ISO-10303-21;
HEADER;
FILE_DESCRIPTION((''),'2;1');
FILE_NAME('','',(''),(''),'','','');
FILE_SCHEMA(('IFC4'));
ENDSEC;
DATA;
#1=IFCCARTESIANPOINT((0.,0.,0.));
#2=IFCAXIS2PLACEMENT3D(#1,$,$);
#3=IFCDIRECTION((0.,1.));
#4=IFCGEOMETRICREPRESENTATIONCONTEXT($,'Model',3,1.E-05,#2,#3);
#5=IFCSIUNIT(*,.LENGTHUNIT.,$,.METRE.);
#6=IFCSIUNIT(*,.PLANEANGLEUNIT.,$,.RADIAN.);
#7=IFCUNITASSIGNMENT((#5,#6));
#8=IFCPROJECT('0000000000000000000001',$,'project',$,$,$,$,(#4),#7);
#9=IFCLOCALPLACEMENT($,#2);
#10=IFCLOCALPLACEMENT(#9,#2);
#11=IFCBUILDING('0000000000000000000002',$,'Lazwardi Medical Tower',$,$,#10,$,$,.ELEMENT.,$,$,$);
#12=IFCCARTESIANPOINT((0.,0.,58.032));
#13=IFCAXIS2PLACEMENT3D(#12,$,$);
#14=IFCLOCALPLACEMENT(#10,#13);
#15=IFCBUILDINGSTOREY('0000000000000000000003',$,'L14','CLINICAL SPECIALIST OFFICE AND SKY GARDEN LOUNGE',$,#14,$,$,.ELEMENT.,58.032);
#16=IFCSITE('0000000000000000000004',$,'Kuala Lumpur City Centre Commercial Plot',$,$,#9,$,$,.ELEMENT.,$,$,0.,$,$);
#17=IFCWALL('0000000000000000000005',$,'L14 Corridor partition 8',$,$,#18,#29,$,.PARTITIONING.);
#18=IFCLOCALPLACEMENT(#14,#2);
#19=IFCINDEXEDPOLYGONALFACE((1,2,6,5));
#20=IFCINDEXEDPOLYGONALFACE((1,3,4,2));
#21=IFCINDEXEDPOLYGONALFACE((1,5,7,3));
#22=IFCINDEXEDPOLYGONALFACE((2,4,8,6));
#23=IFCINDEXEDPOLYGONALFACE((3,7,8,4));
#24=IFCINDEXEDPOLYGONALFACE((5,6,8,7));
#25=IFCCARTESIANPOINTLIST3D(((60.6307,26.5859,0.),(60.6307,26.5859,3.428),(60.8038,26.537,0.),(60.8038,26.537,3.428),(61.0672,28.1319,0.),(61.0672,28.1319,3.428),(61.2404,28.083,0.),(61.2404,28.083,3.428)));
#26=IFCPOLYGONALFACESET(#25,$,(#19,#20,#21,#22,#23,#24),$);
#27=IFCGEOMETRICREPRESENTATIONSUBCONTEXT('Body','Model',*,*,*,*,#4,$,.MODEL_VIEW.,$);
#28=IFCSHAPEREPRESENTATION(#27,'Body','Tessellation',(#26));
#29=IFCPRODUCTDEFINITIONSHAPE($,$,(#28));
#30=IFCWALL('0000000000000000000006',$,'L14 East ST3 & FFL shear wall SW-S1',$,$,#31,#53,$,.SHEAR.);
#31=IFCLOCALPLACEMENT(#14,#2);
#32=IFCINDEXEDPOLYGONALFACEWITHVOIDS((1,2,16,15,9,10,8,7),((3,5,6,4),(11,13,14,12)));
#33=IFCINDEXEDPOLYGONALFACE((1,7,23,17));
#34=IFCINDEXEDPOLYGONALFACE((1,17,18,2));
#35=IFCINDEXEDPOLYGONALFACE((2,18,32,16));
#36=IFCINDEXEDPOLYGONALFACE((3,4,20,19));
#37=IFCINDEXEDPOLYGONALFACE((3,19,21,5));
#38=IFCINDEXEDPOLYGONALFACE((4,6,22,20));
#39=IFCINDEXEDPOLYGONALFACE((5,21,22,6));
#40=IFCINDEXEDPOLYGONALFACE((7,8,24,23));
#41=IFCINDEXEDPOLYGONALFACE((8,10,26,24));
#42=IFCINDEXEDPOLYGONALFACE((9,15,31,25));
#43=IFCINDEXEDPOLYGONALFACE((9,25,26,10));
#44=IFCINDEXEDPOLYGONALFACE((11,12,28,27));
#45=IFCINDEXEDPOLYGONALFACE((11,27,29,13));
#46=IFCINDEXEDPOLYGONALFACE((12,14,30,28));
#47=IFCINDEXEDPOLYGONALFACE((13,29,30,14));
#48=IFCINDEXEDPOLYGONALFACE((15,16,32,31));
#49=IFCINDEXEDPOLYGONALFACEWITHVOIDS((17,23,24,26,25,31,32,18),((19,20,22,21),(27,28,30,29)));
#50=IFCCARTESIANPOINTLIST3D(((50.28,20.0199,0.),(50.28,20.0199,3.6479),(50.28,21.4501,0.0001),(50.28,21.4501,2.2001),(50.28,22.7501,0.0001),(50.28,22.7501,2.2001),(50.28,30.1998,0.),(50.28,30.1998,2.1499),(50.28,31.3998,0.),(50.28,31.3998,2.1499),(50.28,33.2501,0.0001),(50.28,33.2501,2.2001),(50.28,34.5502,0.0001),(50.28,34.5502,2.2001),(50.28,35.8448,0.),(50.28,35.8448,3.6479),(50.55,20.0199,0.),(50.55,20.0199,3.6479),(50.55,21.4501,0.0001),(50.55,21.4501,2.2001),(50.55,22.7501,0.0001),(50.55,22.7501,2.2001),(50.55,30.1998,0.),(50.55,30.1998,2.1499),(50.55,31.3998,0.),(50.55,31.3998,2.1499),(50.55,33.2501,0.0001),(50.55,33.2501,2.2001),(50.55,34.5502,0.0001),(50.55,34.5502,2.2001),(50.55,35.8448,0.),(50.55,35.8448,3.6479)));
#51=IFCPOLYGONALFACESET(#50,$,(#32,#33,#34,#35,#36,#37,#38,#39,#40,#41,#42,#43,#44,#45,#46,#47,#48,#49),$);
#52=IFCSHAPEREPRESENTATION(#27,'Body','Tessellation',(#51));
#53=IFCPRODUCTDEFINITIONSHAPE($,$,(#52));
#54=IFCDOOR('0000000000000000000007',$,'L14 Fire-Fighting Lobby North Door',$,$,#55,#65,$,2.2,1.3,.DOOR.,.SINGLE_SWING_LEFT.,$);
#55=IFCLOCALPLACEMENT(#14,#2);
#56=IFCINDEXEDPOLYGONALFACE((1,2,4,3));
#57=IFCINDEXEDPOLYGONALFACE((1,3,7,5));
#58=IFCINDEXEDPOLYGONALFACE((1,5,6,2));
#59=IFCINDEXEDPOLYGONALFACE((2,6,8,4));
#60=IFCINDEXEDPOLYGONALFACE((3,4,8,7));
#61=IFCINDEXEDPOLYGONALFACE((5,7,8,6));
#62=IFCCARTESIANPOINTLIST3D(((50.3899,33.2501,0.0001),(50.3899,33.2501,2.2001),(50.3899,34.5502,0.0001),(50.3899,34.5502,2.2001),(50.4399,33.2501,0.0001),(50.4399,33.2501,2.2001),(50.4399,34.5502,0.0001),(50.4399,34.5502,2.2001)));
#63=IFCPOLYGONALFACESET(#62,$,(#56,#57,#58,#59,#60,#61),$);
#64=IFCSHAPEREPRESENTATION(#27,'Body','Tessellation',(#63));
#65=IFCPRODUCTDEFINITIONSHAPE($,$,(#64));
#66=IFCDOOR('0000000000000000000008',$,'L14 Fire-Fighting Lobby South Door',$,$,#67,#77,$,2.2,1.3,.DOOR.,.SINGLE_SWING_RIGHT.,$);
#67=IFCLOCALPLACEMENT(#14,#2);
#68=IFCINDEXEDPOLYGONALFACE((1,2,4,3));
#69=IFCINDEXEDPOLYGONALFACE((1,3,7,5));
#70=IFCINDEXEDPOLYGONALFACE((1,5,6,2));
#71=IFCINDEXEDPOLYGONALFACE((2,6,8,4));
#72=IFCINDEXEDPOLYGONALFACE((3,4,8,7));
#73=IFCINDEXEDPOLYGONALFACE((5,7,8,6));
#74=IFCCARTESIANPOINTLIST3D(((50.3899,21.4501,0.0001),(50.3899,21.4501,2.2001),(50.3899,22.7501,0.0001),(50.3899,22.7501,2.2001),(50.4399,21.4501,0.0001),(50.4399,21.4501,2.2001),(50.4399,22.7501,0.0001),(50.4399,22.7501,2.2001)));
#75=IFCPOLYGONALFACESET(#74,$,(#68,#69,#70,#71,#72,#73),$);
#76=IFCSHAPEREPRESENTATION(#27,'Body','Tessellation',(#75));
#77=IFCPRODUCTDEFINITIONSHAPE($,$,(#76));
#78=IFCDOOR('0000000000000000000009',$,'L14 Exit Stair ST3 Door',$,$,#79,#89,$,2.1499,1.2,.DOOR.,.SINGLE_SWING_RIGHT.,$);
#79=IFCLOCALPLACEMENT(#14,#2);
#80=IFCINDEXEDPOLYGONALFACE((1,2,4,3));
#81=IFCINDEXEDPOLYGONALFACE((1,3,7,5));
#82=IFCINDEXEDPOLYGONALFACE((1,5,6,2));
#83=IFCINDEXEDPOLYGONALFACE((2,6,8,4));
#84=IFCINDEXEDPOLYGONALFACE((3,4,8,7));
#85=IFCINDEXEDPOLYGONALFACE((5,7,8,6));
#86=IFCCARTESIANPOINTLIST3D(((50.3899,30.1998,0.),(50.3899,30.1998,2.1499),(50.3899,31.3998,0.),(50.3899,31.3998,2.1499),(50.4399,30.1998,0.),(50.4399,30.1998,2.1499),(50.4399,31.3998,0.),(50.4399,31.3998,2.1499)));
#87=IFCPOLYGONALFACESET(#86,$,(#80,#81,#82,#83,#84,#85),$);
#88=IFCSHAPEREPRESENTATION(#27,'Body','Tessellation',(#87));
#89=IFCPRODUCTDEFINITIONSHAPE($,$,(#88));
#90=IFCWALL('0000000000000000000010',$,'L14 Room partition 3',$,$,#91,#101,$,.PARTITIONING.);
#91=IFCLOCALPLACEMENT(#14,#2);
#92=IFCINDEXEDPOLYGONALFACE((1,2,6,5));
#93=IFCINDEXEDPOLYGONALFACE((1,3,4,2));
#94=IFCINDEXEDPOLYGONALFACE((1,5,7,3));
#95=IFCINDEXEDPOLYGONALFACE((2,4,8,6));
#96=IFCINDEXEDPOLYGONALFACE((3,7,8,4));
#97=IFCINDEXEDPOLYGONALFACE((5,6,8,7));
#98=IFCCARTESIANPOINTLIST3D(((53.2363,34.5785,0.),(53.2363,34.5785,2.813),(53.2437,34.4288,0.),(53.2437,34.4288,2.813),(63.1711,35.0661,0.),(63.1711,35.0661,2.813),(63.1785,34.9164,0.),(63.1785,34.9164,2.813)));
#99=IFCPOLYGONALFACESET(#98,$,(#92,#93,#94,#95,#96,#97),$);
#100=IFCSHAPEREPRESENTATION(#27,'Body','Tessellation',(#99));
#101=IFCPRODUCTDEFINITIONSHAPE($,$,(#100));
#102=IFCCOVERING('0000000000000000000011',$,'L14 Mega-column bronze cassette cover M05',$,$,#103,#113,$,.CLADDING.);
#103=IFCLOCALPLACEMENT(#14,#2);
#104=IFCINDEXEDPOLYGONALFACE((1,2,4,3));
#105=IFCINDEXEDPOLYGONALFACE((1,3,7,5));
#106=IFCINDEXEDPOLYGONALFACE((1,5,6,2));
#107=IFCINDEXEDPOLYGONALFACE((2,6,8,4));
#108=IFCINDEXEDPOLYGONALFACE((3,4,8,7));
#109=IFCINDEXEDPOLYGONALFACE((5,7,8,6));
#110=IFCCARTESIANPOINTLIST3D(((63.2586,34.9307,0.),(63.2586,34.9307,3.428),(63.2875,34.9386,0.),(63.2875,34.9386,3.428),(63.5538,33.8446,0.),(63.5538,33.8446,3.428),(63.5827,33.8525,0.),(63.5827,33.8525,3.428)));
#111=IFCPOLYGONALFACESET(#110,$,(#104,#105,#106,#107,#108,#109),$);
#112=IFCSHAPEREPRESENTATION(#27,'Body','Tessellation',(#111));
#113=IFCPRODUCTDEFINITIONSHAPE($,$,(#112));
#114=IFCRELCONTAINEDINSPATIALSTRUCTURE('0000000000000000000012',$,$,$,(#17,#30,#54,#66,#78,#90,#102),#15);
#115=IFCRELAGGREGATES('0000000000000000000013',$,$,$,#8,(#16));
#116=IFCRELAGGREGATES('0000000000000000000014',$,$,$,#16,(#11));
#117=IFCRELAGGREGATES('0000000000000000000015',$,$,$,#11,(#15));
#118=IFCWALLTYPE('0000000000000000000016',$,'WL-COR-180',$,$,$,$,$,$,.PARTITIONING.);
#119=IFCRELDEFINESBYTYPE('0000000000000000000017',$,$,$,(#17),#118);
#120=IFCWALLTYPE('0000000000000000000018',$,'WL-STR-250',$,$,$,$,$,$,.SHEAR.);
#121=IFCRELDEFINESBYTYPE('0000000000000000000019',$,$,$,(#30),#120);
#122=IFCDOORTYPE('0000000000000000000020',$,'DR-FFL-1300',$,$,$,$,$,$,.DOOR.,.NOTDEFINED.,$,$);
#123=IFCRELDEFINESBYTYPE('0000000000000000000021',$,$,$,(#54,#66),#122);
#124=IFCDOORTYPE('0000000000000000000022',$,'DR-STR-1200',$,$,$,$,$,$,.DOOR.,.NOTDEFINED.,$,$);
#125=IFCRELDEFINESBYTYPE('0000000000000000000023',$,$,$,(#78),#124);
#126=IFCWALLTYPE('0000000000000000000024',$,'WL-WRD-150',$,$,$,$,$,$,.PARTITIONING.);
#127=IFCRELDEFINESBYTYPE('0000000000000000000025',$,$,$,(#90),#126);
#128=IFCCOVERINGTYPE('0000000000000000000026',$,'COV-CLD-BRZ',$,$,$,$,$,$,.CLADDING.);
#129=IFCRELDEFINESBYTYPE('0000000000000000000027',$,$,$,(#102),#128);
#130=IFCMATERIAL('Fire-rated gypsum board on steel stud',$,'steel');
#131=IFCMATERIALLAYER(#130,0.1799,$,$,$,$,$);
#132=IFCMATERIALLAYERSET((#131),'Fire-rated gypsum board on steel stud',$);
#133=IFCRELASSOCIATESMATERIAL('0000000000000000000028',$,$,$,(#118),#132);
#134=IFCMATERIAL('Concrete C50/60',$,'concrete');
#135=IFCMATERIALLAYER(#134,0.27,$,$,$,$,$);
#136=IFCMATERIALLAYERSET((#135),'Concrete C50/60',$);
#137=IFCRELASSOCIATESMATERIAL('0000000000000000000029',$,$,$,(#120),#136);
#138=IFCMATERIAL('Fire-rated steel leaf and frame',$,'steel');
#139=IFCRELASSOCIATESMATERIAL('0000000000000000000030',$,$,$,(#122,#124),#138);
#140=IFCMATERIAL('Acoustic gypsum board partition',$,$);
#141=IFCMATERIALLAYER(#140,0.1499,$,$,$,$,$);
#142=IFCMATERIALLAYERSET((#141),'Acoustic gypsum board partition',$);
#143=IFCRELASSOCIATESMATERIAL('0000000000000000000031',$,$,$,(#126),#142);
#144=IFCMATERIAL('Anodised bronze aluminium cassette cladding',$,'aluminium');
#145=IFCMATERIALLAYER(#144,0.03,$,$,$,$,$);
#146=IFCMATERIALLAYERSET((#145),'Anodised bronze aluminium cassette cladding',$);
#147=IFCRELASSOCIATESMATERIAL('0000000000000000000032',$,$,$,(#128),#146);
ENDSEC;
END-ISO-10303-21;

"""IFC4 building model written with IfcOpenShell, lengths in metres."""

from ifc_helpers import new_model, si_unit, direction, frame, frame_2d, origin, origin_2d, place, context, subcontext, project, spatial, rectangle, extrude, material, layer, layer_set, type_object, element, fill, save


model = new_model("IFC4")

# Units and contexts
model_context = context("Model", 3, precision=1e-05, world=origin(), true_north=direction((0.0, 1.0)))
body_context = subcontext(model_context, "Body", "Model", "MODEL_VIEW")
ifc_project = project(units=[si_unit("LENGTHUNIT", "METRE"), si_unit("PLANEANGLEUNIT", "RADIAN")], contexts=[model_context])

# Site, building, storey
site_placement = place(None, origin())
site = spatial("IfcSite", under=ifc_project, at=site_placement, Name="Kuala Lumpur City Centre Commercial Plot", CompositionType="ELEMENT", RefElevation=0.0)
building_placement = place(site_placement, origin())
building = spatial("IfcBuilding", under=site, at=building_placement, Name="Lazwardi Medical Tower", CompositionType="ELEMENT")
storey_placement = place(building_placement, frame((0.0, 0.0, 58.032)))
storey = spatial("IfcBuildingStorey", under=building, at=storey_placement, Name="L14", Description="CLINICAL SPECIALIST OFFICE AND SKY GARDEN LOUNGE", CompositionType="ELEMENT", Elevation=58.032)

# Shared definitions
ifc_material_1 = material(Name="Fire-rated gypsum board on steel stud", Category="steel")
ifc_layer_1 = layer(ifc_material_1, 0.1799)
ifc_layer_set_1 = layer_set([ifc_layer_1], Name="Fire-rated gypsum board on steel stud")
wall_type_1 = type_object("IfcWallType", Name="WL-COR-180", PredefinedType="PARTITIONING", material=ifc_layer_set_1)

# Wall
wall_1_placement = place(storey_placement, frame((61.1538, 28.1074, 0.0), z_axis=(0.0, 0.0, 1.0), x_axis=(-0.271749, -0.962368, 0.0)))
element("IfcWall", 1, at=wall_1_placement, inside=storey, type_object=wall_type_1, Name="L14 Corridor partition 8", PredefinedType="PARTITIONING", context=body_context, shape_type="SweptSolid", body=[
    extrude(rectangle(XDim=1.6064, YDim=0.1799, at=frame_2d((0.8032, 0.0))), origin(), (0.0, 0.0, 1.0), 3.428),
])

# Wall, openings, doors
ifc_material_2 = material(Name="Concrete C50/60", Category="concrete")
ifc_layer_2 = layer(ifc_material_2, 0.27)
ifc_layer_set_2 = layer_set([ifc_layer_2], Name="Concrete C50/60")
wall_type_2 = type_object("IfcWallType", Name="WL-STR-250", PredefinedType="SHEAR", material=ifc_layer_set_2)
wall_2_placement = place(storey_placement, frame((50.415, 35.845, 0.0), z_axis=(0.0, 0.0, 1.0), x_axis=(0.0, -1.0, 0.0)))
wall_2 = element("IfcWall", 2, at=wall_2_placement, inside=storey, type_object=wall_type_2, Name="L14 East ST3 & FFL shear wall SW-S1", PredefinedType="SHEAR", context=body_context, shape_type="SweptSolid", body=[
    extrude(rectangle(XDim=15.825, YDim=0.27, at=frame_2d((7.9126, 0.0))), origin(), (0.0, 0.0, 1.0), 3.6479),
])
opening_1_placement = place(wall_2_placement, frame((4.4451, 0.0, 0.0)))
opening_1 = element("IfcOpeningElement", 3, at=opening_1_placement, cuts=wall_2, PredefinedType="OPENING", context=body_context, shape_type="SweptSolid", body=[
    extrude(rectangle(XDim=1.2, YDim=2.1499, at=frame_2d((0.6001, 1.075))), frame((0.0, 0.145, 0.0), z_axis=(0.0, -1.0, 0.0), x_axis=(1.0, 0.0, 0.0)), (0.0, 0.0, 1.0), 0.29),
])
opening_2_placement = place(wall_2_placement, frame((1.2949, 0.0, 0.0)))
opening_2 = element("IfcOpeningElement", 4, at=opening_2_placement, cuts=wall_2, PredefinedType="OPENING", context=body_context, shape_type="SweptSolid", body=[
    extrude(rectangle(XDim=1.3, YDim=2.2, at=frame_2d((0.6499, 1.1001))), frame((0.0, 0.145, 0.0), z_axis=(0.0, -1.0, 0.0), x_axis=(1.0, 0.0, 0.0)), (0.0, 0.0, 1.0), 0.29),
])
opening_3_placement = place(wall_2_placement, frame((13.095, 0.0, 0.0)))
opening_3 = element("IfcOpeningElement", 5, at=opening_3_placement, cuts=wall_2, PredefinedType="OPENING", context=body_context, shape_type="SweptSolid", body=[
    extrude(rectangle(XDim=1.3, YDim=2.2, at=frame_2d((0.6499, 1.1001))), frame((0.0, 0.145, 0.0), z_axis=(0.0, -1.0, 0.0), x_axis=(1.0, 0.0, 0.0)), (0.0, 0.0, 1.0), 0.29),
])
ifc_material_3 = material(Name="Fire-rated steel leaf and frame", Category="steel")
door_type_1 = type_object("IfcDoorType", Name="DR-FFL-1300", OperationType="NOTDEFINED", PredefinedType="DOOR", material=ifc_material_3)
door_1_placement = place(opening_2_placement, origin())
door_1 = element("IfcDoor", 6, at=door_1_placement, inside=storey, type_object=door_type_1, Name="L14 Fire-Fighting Lobby North Door", OperationType="SINGLE_SWING_LEFT", OverallHeight=2.2, OverallWidth=1.3, PredefinedType="DOOR", context=body_context, shape_type="SweptSolid", body=[
    extrude(rectangle(XDim=1.3, YDim=2.2, at=frame_2d((0.6499, 1.1001))), frame((0.0, 0.0249, 0.0), z_axis=(0.0, -1.0, 0.0), x_axis=(1.0, 0.0, 0.0)), (0.0, 0.0, 1.0), 0.05),
])
fill(opening_2, door_1)
door_2_placement = place(opening_3_placement, origin())
door_2 = element("IfcDoor", 7, at=door_2_placement, inside=storey, type_object=door_type_1, Name="L14 Fire-Fighting Lobby South Door", OperationType="SINGLE_SWING_RIGHT", OverallHeight=2.2, OverallWidth=1.3, PredefinedType="DOOR", context=body_context, shape_type="SweptSolid", body=[
    extrude(rectangle(XDim=1.3, YDim=2.2, at=frame_2d((0.6499, 1.1001))), frame((0.0, 0.0249, 0.0), z_axis=(0.0, -1.0, 0.0), x_axis=(1.0, 0.0, 0.0)), (0.0, 0.0, 1.0), 0.05),
])
fill(opening_3, door_2)
door_type_2 = type_object("IfcDoorType", Name="DR-STR-1200", OperationType="NOTDEFINED", PredefinedType="DOOR", material=ifc_material_3)
door_3_placement = place(opening_1_placement, origin())
door_3 = element("IfcDoor", 8, at=door_3_placement, inside=storey, type_object=door_type_2, Name="L14 Exit Stair ST3 Door", OperationType="SINGLE_SWING_RIGHT", OverallHeight=2.1499, OverallWidth=1.2, PredefinedType="DOOR", context=body_context, shape_type="SweptSolid", body=[
    extrude(rectangle(XDim=1.2, YDim=2.1499, at=frame_2d((0.6001, 1.075))), frame((0.0, 0.0249, 0.0), z_axis=(0.0, -1.0, 0.0), x_axis=(1.0, 0.0, 0.0)), (0.0, 0.0, 1.0), 0.05),
])
fill(opening_1, door_3)

# Wall
ifc_material_4 = material(Name="Acoustic gypsum board partition")
ifc_layer_3 = layer(ifc_material_4, 0.1499)
ifc_layer_set_3 = layer_set([ifc_layer_3], Name="Acoustic gypsum board partition")
wall_type_3 = type_object("IfcWallType", Name="WL-WRD-150", PredefinedType="PARTITIONING", material=ifc_layer_set_3)
wall_3_placement = place(storey_placement, frame((53.24, 34.5037, 0.0), z_axis=(0.0, 0.0, 1.0), x_axis=(0.998798, 0.049016, 0.0)))
element("IfcWall", 9, at=wall_3_placement, inside=storey, type_object=wall_type_3, Name="L14 Room partition 3", PredefinedType="PARTITIONING", context=body_context, shape_type="SweptSolid", body=[
    extrude(rectangle(XDim=9.9468, YDim=0.1499, at=frame_2d((4.9734, 0.0))), origin(), (0.0, 0.0, 1.0), 2.813),
])

# Covering
ifc_material_5 = material(Name="Anodised bronze aluminium cassette cladding", Category="aluminium")
ifc_layer_4 = layer(ifc_material_5, 0.03)
ifc_layer_set_4 = layer_set([ifc_layer_4], Name="Anodised bronze aluminium cassette cladding")
covering_type = type_object("IfcCoveringType", Name="COV-CLD-BRZ", PredefinedType="CLADDING", material=ifc_layer_set_4)
covering_placement = place(storey_placement, frame((63.4207, 34.3916, 0.0), z_axis=(0.0, 0.0, 1.0), x_axis=(-0.262283, 0.964991, 0.0)))
element("IfcCovering", 10, at=covering_placement, inside=storey, type_object=covering_type, Name="L14 Mega-column bronze cassette cover M05", PredefinedType="CLADDING", context=body_context, shape_type="SweptSolid", body=[
    extrude(rectangle(XDim=1.1255, YDim=0.03, at=origin_2d()), origin(), (0.0, 0.0, 1.0), 3.428),
])

save(model, "model.ifc")
